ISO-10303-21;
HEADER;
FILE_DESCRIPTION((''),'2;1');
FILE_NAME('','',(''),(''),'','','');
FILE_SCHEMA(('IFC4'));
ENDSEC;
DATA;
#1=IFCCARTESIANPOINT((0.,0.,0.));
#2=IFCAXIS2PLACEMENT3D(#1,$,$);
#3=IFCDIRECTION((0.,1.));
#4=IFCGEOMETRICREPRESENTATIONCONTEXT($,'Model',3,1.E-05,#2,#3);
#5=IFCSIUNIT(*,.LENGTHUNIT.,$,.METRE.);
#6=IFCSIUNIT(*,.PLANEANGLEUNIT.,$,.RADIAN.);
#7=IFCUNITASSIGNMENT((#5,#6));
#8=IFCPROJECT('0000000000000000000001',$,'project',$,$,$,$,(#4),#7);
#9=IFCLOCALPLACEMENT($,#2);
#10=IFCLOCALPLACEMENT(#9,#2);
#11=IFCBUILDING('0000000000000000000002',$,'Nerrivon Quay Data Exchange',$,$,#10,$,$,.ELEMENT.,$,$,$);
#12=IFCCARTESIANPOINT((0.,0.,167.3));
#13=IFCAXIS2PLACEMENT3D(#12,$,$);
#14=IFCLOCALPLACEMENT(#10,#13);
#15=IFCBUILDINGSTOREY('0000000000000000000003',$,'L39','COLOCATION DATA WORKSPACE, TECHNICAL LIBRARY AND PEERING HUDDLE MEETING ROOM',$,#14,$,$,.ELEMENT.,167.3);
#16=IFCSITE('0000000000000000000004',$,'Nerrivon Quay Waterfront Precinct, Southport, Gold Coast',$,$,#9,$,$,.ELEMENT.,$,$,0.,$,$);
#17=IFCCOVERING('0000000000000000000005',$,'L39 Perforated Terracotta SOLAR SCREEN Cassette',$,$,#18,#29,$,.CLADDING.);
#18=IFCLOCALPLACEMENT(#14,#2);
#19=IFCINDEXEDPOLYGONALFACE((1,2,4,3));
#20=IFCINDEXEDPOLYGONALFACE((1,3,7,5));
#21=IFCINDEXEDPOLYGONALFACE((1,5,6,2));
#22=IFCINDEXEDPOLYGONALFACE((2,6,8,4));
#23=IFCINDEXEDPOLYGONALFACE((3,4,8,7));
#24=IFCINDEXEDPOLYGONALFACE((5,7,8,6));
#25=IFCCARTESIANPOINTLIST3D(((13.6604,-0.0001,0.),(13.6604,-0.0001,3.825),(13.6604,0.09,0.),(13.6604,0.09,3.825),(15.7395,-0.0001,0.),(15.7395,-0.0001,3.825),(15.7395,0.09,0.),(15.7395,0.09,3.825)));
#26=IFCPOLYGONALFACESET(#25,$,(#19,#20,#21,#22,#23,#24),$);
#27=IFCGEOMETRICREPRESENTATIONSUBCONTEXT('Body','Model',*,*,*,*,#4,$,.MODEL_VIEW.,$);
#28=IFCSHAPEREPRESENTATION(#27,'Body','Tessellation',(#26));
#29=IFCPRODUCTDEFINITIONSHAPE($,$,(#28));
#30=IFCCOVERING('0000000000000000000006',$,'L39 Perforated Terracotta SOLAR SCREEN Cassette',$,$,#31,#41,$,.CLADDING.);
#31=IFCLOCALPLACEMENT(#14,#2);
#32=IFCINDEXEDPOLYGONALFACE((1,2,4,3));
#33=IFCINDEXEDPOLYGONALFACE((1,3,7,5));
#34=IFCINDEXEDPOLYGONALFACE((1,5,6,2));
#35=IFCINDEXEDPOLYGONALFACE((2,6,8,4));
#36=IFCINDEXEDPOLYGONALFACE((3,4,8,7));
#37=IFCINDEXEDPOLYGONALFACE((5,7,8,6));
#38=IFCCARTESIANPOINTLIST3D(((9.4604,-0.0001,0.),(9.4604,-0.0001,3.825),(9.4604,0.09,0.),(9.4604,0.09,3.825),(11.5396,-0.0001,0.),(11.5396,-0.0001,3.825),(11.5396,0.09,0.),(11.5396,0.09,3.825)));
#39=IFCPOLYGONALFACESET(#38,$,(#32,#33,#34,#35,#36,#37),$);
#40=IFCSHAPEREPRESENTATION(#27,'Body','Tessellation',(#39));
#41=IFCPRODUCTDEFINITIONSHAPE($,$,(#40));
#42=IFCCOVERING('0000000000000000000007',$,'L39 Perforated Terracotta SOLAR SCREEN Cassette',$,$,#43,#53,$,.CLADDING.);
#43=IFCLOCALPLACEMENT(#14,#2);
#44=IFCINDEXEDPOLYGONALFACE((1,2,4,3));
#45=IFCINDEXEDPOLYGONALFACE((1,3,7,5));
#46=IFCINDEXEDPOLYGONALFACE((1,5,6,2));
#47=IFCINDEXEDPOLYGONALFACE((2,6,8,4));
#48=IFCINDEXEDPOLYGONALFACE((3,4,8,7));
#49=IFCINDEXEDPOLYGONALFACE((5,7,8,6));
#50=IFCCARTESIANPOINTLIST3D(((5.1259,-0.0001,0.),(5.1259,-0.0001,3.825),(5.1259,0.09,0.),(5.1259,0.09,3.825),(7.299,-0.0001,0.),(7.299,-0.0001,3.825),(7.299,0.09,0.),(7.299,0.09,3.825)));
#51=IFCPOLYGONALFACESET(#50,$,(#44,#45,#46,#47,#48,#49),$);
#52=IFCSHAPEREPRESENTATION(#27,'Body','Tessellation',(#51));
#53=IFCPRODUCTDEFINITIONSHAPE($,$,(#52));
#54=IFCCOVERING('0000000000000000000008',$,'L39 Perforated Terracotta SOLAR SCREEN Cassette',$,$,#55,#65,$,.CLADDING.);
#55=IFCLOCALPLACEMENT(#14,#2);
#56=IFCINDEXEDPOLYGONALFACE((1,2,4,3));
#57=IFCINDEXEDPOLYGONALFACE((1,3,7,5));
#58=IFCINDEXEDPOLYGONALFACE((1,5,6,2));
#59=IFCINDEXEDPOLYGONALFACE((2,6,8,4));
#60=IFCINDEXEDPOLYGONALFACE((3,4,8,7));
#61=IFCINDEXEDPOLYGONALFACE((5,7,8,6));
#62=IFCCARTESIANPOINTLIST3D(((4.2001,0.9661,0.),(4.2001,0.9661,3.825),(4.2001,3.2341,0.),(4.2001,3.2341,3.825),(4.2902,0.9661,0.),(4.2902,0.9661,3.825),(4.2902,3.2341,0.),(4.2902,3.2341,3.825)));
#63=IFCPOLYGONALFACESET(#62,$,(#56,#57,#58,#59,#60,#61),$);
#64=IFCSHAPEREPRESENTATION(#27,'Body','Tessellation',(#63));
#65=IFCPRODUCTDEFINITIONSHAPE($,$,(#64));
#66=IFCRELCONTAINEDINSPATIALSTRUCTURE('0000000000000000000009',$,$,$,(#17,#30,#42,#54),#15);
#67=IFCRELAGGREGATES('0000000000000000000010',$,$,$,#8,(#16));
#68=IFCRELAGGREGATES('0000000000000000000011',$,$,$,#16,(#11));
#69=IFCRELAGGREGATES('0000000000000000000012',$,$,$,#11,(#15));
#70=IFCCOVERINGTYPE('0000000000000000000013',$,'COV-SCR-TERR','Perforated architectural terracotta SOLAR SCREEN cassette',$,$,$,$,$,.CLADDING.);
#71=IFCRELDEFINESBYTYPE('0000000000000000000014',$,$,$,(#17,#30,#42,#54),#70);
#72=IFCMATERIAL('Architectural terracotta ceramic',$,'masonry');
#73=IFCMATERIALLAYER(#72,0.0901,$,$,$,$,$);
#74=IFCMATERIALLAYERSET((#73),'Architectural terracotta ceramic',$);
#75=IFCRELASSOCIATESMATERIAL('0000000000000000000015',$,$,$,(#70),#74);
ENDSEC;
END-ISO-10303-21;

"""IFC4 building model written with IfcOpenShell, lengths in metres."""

from ifc_helpers import new_model, si_unit, direction, frame, origin, origin_2d, place, context, subcontext, project, spatial, rectangle, extrude, material, layer, layer_set, type_object, element, save


model = new_model("IFC4")

# Units and contexts
model_context = context("Model", 3, precision=1e-05, world=origin(), true_north=direction((0.0, 1.0)))
body_context = subcontext(model_context, "Body", "Model", "MODEL_VIEW")
ifc_project = project(units=[si_unit("LENGTHUNIT", "METRE"), si_unit("PLANEANGLEUNIT", "RADIAN")], contexts=[model_context])

# Site, building, storey
site_placement = place(None, origin())
site = spatial("IfcSite", under=ifc_project, at=site_placement, Name="Nerrivon Quay Waterfront Precinct, Southport, Gold Coast", CompositionType="ELEMENT", RefElevation=0.0)
building_placement = place(site_placement, origin())
building = spatial("IfcBuilding", under=site, at=building_placement, Name="Nerrivon Quay Data Exchange", CompositionType="ELEMENT")
storey_placement = place(building_placement, frame((0.0, 0.0, 167.3)))
storey = spatial("IfcBuildingStorey", under=building, at=storey_placement, Name="L39", Description="COLOCATION DATA WORKSPACE, TECHNICAL LIBRARY AND PEERING HUDDLE MEETING ROOM", CompositionType="ELEMENT", Elevation=167.3)

# Coverings
ifc_material_1 = material(Name="Architectural terracotta ceramic", Category="masonry")
ifc_layer_1 = layer(ifc_material_1, 0.0901)
ifc_layer_set_1 = layer_set([ifc_layer_1], Name="Architectural terracotta ceramic")
covering_type = type_object("IfcCoveringType", Name="COV-SCR-TERR", Description="Perforated architectural terracotta SOLAR SCREEN cassette", PredefinedType="CLADDING", material=ifc_layer_set_1)
for number, where, z_axis, x_axis, name in (
    (1, (14.7, 0.0449, 0.0), (0.0, 0.0, 1.0), (-1.0, 0.0, 0.0), "L39 Perforated Terracotta SOLAR SCREEN Cassette"),
    (2, (10.5, 0.0449, 0.0), (0.0, 0.0, 1.0), (-1.0, 0.0, 0.0), "L39 Perforated Terracotta SOLAR SCREEN Cassette"),
):
    element("IfcCovering", number, at=place(storey_placement, frame(where, z_axis=z_axis, x_axis=x_axis)), inside=storey, type_object=covering_type, Name=name, PredefinedType="CLADDING", context=body_context, shape_type="SweptSolid", body=[
        extrude(rectangle(XDim=2.0791, YDim=0.0901, at=origin_2d()), origin(), (0.0, 0.0, 1.0), 3.825),
    ])
covering_1_placement = place(storey_placement, frame((6.2124, 0.0449, 0.0), z_axis=(0.0, 0.0, 1.0), x_axis=(-1.0, 0.0, 0.0)))
element("IfcCovering", 3, at=covering_1_placement, inside=storey, type_object=covering_type, Name="L39 Perforated Terracotta SOLAR SCREEN Cassette", PredefinedType="CLADDING", context=body_context, shape_type="SweptSolid", body=[
    extrude(rectangle(XDim=2.1731, YDim=0.0901, at=origin_2d()), origin(), (0.0, 0.0, 1.0), 3.825),
])
covering_2_placement = place(storey_placement, frame((4.2451, 2.1001, 0.0), z_axis=(0.0, 0.0, 1.0), x_axis=(0.0, 1.0, 0.0)))
element("IfcCovering", 4, at=covering_2_placement, inside=storey, type_object=covering_type, Name="L39 Perforated Terracotta SOLAR SCREEN Cassette", PredefinedType="CLADDING", context=body_context, shape_type="SweptSolid", body=[
    extrude(rectangle(XDim=2.2681, YDim=0.0901, at=origin_2d()), origin(), (0.0, 0.0, 1.0), 3.825),
])

save(model, "model.ifc")
